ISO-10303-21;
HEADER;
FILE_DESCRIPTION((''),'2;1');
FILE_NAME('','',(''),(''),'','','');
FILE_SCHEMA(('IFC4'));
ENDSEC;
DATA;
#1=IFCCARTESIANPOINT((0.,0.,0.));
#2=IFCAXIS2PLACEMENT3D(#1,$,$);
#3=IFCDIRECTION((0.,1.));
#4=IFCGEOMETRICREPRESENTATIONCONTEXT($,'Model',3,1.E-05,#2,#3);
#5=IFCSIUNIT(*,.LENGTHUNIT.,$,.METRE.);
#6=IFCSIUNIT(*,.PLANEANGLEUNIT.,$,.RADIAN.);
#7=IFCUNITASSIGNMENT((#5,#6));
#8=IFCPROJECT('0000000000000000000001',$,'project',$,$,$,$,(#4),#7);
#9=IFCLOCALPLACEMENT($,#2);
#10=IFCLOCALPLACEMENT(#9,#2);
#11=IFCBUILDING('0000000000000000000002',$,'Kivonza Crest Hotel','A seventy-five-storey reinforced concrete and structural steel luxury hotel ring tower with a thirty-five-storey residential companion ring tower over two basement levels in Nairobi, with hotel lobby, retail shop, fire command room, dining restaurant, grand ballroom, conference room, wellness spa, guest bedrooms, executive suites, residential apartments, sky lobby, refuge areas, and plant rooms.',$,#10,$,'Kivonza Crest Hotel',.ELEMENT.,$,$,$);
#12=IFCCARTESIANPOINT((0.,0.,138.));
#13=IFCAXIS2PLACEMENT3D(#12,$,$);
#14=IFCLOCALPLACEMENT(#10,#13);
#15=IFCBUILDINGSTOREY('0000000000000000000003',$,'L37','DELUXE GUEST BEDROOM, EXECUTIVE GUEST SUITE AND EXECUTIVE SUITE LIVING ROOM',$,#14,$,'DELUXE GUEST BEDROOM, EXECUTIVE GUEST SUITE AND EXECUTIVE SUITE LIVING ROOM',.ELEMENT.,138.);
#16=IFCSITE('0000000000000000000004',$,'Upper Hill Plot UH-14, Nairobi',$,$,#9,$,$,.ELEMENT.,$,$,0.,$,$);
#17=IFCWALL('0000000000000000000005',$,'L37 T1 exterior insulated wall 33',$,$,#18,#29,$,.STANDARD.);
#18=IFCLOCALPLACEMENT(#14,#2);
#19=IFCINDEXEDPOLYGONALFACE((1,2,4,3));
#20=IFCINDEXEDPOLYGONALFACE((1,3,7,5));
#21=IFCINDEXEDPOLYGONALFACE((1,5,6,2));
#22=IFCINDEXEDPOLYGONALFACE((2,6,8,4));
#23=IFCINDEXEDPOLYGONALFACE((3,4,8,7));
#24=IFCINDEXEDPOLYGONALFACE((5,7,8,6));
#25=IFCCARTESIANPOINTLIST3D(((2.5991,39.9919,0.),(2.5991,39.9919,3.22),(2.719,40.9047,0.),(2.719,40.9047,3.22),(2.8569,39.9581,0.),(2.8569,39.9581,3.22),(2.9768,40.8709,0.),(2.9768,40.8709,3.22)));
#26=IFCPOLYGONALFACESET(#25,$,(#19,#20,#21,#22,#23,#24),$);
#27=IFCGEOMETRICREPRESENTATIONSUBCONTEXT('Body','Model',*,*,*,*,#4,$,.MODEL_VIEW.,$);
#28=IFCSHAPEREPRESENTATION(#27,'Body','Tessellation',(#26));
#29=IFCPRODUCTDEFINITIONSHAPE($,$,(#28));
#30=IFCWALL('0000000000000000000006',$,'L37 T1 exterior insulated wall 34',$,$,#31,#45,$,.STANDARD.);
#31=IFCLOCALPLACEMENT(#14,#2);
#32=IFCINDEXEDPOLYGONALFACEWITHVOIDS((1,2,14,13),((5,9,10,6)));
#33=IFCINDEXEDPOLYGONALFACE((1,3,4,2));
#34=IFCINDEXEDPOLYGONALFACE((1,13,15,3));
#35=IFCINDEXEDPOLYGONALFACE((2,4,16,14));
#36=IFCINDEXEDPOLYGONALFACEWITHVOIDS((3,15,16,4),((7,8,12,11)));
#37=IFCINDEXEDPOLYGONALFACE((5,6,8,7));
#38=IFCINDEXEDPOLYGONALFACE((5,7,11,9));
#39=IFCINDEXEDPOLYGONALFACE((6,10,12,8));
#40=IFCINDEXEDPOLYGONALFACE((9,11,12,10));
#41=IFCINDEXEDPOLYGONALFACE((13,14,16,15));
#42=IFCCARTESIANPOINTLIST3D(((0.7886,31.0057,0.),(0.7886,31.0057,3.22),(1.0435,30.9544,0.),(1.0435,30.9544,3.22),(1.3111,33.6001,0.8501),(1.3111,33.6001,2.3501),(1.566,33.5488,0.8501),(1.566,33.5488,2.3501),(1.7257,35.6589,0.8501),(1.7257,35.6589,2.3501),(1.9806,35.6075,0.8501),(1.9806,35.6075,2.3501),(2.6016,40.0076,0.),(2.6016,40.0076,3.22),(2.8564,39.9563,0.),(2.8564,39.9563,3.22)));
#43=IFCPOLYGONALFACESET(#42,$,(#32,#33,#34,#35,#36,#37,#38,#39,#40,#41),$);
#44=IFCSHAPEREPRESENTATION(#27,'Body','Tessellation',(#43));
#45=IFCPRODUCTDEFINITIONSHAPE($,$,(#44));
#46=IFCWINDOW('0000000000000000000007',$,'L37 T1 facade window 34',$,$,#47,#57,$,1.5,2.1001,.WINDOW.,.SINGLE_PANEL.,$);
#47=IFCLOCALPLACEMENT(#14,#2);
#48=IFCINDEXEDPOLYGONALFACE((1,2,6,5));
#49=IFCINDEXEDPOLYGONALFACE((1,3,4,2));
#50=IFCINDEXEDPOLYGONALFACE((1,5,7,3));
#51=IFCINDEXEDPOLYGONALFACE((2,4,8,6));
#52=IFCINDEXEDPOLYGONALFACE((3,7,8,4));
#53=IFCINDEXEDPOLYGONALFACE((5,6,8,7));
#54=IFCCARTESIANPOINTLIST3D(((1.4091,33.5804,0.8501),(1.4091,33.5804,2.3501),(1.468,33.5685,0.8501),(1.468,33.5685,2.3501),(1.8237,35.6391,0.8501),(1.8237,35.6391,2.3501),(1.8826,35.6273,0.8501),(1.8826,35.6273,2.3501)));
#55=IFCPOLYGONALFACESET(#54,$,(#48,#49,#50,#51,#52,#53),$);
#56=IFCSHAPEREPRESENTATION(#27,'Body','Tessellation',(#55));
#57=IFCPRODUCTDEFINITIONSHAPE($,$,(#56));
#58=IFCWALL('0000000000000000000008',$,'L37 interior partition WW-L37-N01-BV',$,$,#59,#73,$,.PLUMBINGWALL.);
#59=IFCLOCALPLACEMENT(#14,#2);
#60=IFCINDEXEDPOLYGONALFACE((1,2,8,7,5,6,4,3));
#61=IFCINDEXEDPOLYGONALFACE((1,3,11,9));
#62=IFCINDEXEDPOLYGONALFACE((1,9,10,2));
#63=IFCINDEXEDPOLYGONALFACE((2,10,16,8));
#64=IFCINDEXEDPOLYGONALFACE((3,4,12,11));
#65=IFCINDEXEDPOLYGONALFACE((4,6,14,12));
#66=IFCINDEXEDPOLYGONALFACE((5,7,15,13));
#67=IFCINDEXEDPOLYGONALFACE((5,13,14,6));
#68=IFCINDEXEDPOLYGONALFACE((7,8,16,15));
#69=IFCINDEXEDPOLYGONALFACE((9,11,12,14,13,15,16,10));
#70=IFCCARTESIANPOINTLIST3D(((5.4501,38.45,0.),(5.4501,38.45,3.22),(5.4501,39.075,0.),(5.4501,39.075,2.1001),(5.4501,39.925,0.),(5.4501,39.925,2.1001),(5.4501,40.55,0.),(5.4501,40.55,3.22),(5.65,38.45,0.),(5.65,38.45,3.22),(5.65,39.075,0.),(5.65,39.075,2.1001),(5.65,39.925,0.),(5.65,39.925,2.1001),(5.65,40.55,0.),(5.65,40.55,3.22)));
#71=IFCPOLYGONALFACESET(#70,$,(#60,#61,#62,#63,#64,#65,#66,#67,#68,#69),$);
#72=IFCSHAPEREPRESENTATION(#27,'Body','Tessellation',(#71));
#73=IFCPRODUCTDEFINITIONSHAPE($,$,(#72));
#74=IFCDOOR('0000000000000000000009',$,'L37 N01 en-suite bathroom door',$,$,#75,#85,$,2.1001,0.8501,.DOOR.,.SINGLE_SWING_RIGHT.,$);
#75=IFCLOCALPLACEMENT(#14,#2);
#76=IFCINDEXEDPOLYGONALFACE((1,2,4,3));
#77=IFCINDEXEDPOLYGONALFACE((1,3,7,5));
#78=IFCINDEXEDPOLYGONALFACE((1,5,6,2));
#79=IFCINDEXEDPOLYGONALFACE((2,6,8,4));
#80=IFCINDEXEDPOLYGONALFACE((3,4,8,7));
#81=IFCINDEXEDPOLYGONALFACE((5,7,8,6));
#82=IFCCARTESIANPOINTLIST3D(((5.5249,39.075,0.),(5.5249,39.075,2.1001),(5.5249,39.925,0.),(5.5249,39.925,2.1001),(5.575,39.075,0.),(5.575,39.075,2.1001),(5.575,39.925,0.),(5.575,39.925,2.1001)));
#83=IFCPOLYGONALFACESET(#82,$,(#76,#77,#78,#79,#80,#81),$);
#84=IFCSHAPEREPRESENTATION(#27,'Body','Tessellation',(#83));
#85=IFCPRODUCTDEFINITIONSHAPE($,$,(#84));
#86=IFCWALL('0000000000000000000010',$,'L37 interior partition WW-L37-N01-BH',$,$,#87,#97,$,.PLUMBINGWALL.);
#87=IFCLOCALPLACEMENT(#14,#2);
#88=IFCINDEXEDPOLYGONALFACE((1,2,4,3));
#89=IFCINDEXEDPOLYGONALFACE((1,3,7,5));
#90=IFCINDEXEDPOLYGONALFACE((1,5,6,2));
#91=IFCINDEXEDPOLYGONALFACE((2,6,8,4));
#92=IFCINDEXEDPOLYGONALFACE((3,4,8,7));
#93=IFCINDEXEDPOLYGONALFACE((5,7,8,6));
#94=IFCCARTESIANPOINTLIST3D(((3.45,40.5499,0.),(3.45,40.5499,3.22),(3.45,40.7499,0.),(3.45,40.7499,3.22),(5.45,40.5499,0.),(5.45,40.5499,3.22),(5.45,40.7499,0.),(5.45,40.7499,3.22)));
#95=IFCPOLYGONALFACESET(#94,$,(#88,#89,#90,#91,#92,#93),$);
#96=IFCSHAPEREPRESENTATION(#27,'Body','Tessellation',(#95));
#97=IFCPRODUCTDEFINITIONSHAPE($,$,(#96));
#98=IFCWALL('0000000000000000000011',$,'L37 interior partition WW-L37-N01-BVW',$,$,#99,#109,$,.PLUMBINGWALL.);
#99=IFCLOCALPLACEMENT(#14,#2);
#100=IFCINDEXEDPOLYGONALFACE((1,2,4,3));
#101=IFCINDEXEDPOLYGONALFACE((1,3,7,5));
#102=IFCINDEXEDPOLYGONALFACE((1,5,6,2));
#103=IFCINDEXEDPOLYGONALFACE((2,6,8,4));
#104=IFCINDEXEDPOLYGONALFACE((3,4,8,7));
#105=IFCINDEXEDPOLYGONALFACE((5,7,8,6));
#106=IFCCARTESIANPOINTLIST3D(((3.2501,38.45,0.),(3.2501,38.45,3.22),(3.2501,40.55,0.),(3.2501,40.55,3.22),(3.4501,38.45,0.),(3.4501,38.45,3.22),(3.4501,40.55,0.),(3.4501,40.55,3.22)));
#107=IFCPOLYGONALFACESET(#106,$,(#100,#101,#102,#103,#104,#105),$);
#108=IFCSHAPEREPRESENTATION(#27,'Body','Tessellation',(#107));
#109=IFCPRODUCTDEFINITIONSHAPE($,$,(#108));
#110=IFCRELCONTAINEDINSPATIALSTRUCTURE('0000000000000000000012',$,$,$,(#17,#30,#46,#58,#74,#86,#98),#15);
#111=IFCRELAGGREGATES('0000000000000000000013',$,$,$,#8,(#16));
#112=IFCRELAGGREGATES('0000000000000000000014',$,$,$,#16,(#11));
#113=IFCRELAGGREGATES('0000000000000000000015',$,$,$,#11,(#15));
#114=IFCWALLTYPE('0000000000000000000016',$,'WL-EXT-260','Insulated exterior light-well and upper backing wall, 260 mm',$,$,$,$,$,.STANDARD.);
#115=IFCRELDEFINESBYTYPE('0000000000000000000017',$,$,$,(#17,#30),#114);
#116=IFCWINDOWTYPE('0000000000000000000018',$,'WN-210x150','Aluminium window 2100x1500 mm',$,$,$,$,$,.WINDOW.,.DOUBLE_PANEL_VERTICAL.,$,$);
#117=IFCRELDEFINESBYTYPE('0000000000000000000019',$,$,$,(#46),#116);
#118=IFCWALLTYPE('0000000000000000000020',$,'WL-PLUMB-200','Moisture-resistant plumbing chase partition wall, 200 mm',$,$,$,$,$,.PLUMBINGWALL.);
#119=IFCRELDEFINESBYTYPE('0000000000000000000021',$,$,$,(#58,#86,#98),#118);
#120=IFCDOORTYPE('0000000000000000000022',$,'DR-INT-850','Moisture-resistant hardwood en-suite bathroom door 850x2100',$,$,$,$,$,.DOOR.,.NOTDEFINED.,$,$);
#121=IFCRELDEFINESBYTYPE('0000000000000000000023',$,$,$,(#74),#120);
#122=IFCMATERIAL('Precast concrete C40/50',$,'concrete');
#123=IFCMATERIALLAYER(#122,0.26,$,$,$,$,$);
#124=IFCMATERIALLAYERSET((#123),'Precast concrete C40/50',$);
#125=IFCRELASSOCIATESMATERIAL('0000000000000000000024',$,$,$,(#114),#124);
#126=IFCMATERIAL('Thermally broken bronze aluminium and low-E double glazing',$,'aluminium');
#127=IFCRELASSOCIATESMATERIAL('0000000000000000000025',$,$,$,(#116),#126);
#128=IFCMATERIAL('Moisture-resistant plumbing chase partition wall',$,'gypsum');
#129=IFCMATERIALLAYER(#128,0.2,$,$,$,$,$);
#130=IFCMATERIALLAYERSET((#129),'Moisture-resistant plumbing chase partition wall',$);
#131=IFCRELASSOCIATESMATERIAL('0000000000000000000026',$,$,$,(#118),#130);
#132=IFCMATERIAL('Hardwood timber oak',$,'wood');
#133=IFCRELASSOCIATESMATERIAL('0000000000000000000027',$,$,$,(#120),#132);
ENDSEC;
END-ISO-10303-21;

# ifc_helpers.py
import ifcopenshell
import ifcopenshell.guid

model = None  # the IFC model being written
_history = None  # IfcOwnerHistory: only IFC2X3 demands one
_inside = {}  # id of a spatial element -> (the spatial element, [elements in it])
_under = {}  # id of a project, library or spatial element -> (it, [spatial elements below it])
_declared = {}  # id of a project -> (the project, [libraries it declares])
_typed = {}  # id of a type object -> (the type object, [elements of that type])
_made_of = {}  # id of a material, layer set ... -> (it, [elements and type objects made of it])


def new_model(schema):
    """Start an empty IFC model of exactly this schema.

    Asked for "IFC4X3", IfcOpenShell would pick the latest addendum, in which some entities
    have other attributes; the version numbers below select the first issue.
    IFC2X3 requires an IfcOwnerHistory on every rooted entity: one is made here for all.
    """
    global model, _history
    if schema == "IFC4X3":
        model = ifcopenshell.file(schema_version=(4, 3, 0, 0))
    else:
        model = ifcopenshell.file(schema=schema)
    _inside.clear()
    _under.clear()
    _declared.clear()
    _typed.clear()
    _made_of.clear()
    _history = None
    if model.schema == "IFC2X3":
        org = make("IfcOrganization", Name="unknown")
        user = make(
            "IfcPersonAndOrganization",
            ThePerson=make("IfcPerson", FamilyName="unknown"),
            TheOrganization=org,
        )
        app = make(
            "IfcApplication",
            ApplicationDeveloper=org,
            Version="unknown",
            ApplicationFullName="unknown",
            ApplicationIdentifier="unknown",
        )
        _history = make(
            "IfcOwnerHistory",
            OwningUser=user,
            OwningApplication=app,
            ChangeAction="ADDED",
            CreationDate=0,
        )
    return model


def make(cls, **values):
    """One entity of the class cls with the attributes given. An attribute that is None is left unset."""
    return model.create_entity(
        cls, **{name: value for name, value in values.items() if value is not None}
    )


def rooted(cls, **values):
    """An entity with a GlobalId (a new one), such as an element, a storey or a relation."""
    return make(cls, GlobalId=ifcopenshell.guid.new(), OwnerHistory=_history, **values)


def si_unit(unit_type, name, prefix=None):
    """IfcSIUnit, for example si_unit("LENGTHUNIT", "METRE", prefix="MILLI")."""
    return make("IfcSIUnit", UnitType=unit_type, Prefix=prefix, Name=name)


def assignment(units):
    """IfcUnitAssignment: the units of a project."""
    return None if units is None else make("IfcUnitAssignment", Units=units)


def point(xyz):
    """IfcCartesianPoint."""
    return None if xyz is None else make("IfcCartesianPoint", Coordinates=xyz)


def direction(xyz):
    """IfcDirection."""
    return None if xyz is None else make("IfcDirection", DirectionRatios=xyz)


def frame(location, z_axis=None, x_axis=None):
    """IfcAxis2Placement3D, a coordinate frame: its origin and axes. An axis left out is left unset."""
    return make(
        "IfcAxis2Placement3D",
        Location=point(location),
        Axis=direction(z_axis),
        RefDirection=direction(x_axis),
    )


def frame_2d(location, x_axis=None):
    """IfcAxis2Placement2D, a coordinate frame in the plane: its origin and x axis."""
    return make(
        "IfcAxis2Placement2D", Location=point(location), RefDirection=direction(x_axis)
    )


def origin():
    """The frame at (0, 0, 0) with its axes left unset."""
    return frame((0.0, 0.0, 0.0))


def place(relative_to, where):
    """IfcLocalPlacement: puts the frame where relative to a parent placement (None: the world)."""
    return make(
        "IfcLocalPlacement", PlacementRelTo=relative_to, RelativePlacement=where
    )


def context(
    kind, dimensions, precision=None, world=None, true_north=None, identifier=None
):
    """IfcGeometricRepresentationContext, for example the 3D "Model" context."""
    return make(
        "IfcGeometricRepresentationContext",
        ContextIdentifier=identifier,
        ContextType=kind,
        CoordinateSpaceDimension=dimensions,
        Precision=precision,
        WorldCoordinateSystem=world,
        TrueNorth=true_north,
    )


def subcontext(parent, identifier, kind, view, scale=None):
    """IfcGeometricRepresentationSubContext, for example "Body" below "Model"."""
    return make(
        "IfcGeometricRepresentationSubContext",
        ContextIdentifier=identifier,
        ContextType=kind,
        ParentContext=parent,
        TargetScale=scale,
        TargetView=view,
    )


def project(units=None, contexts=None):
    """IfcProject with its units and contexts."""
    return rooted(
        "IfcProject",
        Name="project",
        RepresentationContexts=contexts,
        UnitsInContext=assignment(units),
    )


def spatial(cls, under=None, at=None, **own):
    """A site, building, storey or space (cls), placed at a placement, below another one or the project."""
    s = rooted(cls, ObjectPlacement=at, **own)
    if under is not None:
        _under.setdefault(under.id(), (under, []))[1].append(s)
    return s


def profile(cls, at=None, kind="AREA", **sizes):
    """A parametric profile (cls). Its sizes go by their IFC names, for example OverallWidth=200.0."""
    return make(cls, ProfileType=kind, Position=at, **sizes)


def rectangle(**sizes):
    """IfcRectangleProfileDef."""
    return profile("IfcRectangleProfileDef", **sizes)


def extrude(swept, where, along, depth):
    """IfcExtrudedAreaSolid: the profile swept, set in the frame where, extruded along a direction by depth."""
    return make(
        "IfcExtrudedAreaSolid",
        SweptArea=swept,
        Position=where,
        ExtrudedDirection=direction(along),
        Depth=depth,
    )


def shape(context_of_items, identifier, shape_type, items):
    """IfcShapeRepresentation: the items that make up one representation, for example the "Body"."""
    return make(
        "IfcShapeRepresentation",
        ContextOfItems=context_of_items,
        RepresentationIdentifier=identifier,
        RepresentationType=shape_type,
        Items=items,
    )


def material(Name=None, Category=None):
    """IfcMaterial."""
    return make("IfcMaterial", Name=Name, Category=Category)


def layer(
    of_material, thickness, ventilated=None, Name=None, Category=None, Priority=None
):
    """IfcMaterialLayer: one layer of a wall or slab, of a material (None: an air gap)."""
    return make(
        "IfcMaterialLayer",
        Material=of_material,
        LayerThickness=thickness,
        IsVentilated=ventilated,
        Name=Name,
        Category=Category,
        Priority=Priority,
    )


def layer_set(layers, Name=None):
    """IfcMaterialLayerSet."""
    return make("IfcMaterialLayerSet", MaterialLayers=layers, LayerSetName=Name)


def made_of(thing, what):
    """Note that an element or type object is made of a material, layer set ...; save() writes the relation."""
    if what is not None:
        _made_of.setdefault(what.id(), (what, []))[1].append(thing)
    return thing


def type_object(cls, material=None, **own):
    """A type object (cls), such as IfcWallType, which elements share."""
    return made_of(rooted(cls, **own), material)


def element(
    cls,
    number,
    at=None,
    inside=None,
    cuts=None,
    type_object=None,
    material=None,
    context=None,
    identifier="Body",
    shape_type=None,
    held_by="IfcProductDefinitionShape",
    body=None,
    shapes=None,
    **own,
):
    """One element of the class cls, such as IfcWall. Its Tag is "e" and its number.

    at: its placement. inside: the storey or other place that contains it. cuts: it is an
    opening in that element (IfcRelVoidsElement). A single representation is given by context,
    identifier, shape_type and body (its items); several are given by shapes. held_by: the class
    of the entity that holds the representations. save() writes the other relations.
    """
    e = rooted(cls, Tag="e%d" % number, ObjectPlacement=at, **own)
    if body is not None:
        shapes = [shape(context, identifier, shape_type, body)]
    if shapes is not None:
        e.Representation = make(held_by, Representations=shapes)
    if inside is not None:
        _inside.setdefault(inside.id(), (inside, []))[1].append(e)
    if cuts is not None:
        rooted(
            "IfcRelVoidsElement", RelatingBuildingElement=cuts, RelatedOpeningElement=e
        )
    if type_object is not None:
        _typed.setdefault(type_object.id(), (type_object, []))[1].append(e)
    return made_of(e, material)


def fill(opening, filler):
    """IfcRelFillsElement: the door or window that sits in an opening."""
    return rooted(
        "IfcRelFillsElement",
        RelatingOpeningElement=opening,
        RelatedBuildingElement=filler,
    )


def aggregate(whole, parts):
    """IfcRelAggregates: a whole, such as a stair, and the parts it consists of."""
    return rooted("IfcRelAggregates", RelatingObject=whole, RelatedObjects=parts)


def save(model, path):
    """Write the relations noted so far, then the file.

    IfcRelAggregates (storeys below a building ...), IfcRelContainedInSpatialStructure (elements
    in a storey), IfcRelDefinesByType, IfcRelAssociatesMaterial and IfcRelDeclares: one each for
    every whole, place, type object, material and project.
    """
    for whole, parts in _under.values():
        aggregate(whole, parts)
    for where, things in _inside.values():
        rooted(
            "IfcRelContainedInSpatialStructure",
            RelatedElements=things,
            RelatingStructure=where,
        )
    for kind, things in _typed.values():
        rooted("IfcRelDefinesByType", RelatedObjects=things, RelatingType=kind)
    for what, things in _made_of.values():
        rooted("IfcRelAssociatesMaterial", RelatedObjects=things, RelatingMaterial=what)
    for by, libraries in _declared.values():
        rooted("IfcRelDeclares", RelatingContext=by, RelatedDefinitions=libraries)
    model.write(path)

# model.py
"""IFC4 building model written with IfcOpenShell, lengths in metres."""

from ifc_helpers import new_model, si_unit, direction, frame, frame_2d, origin, place, context, subcontext, project, spatial, rectangle, extrude, material, layer, layer_set, type_object, element, fill, save


model = new_model("IFC4")

# Units and contexts
model_context = context("Model", 3, precision=1e-05, world=origin(), true_north=direction((0.0, 1.0)))
body_context = subcontext(model_context, "Body", "Model", "MODEL_VIEW")
ifc_project = project(units=[si_unit("LENGTHUNIT", "METRE"), si_unit("PLANEANGLEUNIT", "RADIAN")], contexts=[model_context])

# Site, building, storey
site_placement = place(None, origin())
site = spatial("IfcSite", under=ifc_project, at=site_placement, Name="Upper Hill Plot UH-14, Nairobi", CompositionType="ELEMENT", RefElevation=0.0)
building_placement = place(site_placement, origin())
building = spatial("IfcBuilding", under=site, at=building_placement, Name="Kivonza Crest Hotel", Description="A seventy-five-storey reinforced concrete and structural steel luxury hotel ring tower with a thirty-five-storey residential companion ring tower over two basement levels in Nairobi, with hotel lobby, retail shop, fire command room, dining restaurant, grand ballroom, conference room, wellness spa, guest bedrooms, executive suites, residential apartments, sky lobby, refuge areas, and plant rooms.", LongName="Kivonza Crest Hotel", CompositionType="ELEMENT")
storey_placement = place(building_placement, frame((0.0, 0.0, 138.0)))
storey = spatial("IfcBuildingStorey", under=building, at=storey_placement, Name="L37", Description="DELUXE GUEST BEDROOM, EXECUTIVE GUEST SUITE AND EXECUTIVE SUITE LIVING ROOM", LongName="DELUXE GUEST BEDROOM, EXECUTIVE GUEST SUITE AND EXECUTIVE SUITE LIVING ROOM", CompositionType="ELEMENT", Elevation=138.0)

# Shared definitions
ifc_material_1 = material(Name="Hardwood timber oak", Category="wood")

# Wall
ifc_material_2 = material(Name="Precast concrete C40/50", Category="concrete")
ifc_layer_1 = layer(ifc_material_2, 0.26)
ifc_layer_set_1 = layer_set([ifc_layer_1], Name="Precast concrete C40/50")
wall_type_1 = type_object("IfcWallType", Name="WL-EXT-260", Description="Insulated exterior light-well and upper backing wall, 260 mm", PredefinedType="STANDARD", material=ifc_layer_set_1)
wall_1_placement = place(storey_placement, frame((2.8479, 40.8879, 0.0), z_axis=(0.0, 0.0, 1.0), x_axis=(-0.130201, -0.991488, 0.0)))
element("IfcWall", 1, at=wall_1_placement, inside=storey, type_object=wall_type_1, Name="L37 T1 exterior insulated wall 33", PredefinedType="STANDARD", context=body_context, shape_type="SweptSolid", body=[
    extrude(rectangle(XDim=0.9207, YDim=0.26, at=frame_2d((0.4604, 0.0))), origin(), (0.0, 0.0, 1.0), 3.22),
])

# Wall, opening, window
wall_2_placement = place(storey_placement, frame((2.729, 39.9819, 0.0), z_axis=(0.0, 0.0, 1.0), x_axis=(-0.197435, -0.980316, 0.0)))
wall_2 = element("IfcWall", 2, at=wall_2_placement, inside=storey, type_object=wall_type_1, Name="L37 T1 exterior insulated wall 34", PredefinedType="STANDARD", context=body_context, shape_type="SweptSolid", body=[
    extrude(rectangle(XDim=9.1826, YDim=0.26, at=frame_2d((4.5913, 0.0))), origin(), (0.0, 0.0, 1.0), 3.22),
])
opening_1_placement = place(wall_2_placement, frame((4.436, 0.0, 0.8501)))
opening_1 = element("IfcOpeningElement", 3, at=opening_1_placement, cuts=wall_2, PredefinedType="OPENING", context=body_context, shape_type="SweptSolid", body=[
    extrude(rectangle(XDim=2.1001, YDim=1.5, at=frame_2d((1.05, 0.75))), frame((0.0, 0.1401, 0.0), z_axis=(0.0, -1.0, 0.0), x_axis=(1.0, 0.0, 0.0)), (0.0, 0.0, 1.0), 0.28),
])
ifc_material_3 = material(Name="Thermally broken bronze aluminium and low-E double glazing", Category="aluminium")
window_type = type_object("IfcWindowType", Name="WN-210x150", Description="Aluminium window 2100x1500 mm", PartitioningType="DOUBLE_PANEL_VERTICAL", PredefinedType="WINDOW", material=ifc_material_3)
window_placement = place(opening_1_placement, origin())
window = element("IfcWindow", 4, at=window_placement, inside=storey, type_object=window_type, Name="L37 T1 facade window 34", OverallHeight=1.5, OverallWidth=2.1001, PartitioningType="SINGLE_PANEL", PredefinedType="WINDOW", context=body_context, shape_type="SweptSolid", body=[
    extrude(rectangle(XDim=2.1001, YDim=1.5, at=frame_2d((1.05, 0.75))), frame((0.0, 0.03, 0.0), z_axis=(0.0, -1.0, 0.0), x_axis=(1.0, 0.0, 0.0)), (0.0, 0.0, 1.0), 0.0601),
])
fill(opening_1, window)

# Wall, opening, door
ifc_material_4 = material(Name="Moisture-resistant plumbing chase partition wall", Category="gypsum")
ifc_layer_2 = layer(ifc_material_4, 0.2)
ifc_layer_set_2 = layer_set([ifc_layer_2], Name="Moisture-resistant plumbing chase partition wall")
wall_type_2 = type_object("IfcWallType", Name="WL-PLUMB-200", Description="Moisture-resistant plumbing chase partition wall, 200 mm", PredefinedType="PLUMBINGWALL", material=ifc_layer_set_2)
wall_3_placement = place(storey_placement, frame((5.55, 38.45, 0.0), z_axis=(0.0, 0.0, 1.0), x_axis=(0.0, 1.0, 0.0)))
wall_3 = element("IfcWall", 5, at=wall_3_placement, inside=storey, type_object=wall_type_2, Name="L37 interior partition WW-L37-N01-BV", PredefinedType="PLUMBINGWALL", context=body_context, shape_type="SweptSolid", body=[
    extrude(rectangle(XDim=2.1001, YDim=0.2, at=frame_2d((1.05, 0.0))), origin(), (0.0, 0.0, 1.0), 3.22),
])
opening_2_placement = place(wall_3_placement, frame((0.625, 0.0, 0.0)))
opening_2 = element("IfcOpeningElement", 6, at=opening_2_placement, cuts=wall_3, PredefinedType="OPENING", context=body_context, shape_type="SweptSolid", body=[
    extrude(rectangle(XDim=0.8501, YDim=2.1001, at=frame_2d((0.425, 1.05))), frame((0.0, 0.1099, 0.0), z_axis=(0.0, -1.0, 0.0), x_axis=(1.0, 0.0, 0.0)), (0.0, 0.0, 1.0), 0.22),
])
door_type_1 = type_object("IfcDoorType", Name="DR-INT-850", Description="Moisture-resistant hardwood en-suite bathroom door 850x2100", OperationType="NOTDEFINED", PredefinedType="DOOR", material=ifc_material_1)
door_1_placement = place(opening_2_placement, frame((0.8501, 0.0, 0.0), z_axis=(0.0, 0.0, 1.0), x_axis=(-1.0, 0.0, 0.0)))
door_1 = element("IfcDoor", 7, at=door_1_placement, inside=storey, type_object=door_type_1, Name="L37 N01 en-suite bathroom door", OperationType="SINGLE_SWING_RIGHT", OverallHeight=2.1001, OverallWidth=0.8501, PredefinedType="DOOR", context=body_context, shape_type="SweptSolid", body=[
    extrude(rectangle(XDim=0.8501, YDim=2.1001, at=frame_2d((0.425, 1.05))), frame((0.0, 0.0249, 0.0), z_axis=(0.0, -1.0, 0.0), x_axis=(1.0, 0.0, 0.0)), (0.0, 0.0, 1.0), 0.05),
])
fill(opening_2, door_1)

# Walls
wall_4_placement = place(storey_placement, frame((3.45, 40.6499, 0.0), z_axis=(0.0, 0.0, 1.0), x_axis=(1.0, 0.0, 0.0)))
element("IfcWall", 8, at=wall_4_placement, inside=storey, type_object=wall_type_2, Name="L37 interior partition WW-L37-N01-BH", PredefinedType="PLUMBINGWALL", context=body_context, shape_type="SweptSolid", body=[
    extrude(rectangle(XDim=2.0, YDim=0.2, at=frame_2d((1.0, 0.0))), origin(), (0.0, 0.0, 1.0), 3.22),
])
wall_5_placement = place(storey_placement, frame((3.3501, 38.45, 0.0), z_axis=(0.0, 0.0, 1.0), x_axis=(0.0, 1.0, 0.0)))
element("IfcWall", 9, at=wall_5_placement, inside=storey, type_object=wall_type_2, Name="L37 interior partition WW-L37-N01-BVW", PredefinedType="PLUMBINGWALL", context=body_context, shape_type="SweptSolid", body=[
    extrude(rectangle(XDim=2.1001, YDim=0.2, at=frame_2d((1.05, 0.0))), origin(), (0.0, 0.0, 1.0), 3.22),
])

save(model, "model.ifc")
